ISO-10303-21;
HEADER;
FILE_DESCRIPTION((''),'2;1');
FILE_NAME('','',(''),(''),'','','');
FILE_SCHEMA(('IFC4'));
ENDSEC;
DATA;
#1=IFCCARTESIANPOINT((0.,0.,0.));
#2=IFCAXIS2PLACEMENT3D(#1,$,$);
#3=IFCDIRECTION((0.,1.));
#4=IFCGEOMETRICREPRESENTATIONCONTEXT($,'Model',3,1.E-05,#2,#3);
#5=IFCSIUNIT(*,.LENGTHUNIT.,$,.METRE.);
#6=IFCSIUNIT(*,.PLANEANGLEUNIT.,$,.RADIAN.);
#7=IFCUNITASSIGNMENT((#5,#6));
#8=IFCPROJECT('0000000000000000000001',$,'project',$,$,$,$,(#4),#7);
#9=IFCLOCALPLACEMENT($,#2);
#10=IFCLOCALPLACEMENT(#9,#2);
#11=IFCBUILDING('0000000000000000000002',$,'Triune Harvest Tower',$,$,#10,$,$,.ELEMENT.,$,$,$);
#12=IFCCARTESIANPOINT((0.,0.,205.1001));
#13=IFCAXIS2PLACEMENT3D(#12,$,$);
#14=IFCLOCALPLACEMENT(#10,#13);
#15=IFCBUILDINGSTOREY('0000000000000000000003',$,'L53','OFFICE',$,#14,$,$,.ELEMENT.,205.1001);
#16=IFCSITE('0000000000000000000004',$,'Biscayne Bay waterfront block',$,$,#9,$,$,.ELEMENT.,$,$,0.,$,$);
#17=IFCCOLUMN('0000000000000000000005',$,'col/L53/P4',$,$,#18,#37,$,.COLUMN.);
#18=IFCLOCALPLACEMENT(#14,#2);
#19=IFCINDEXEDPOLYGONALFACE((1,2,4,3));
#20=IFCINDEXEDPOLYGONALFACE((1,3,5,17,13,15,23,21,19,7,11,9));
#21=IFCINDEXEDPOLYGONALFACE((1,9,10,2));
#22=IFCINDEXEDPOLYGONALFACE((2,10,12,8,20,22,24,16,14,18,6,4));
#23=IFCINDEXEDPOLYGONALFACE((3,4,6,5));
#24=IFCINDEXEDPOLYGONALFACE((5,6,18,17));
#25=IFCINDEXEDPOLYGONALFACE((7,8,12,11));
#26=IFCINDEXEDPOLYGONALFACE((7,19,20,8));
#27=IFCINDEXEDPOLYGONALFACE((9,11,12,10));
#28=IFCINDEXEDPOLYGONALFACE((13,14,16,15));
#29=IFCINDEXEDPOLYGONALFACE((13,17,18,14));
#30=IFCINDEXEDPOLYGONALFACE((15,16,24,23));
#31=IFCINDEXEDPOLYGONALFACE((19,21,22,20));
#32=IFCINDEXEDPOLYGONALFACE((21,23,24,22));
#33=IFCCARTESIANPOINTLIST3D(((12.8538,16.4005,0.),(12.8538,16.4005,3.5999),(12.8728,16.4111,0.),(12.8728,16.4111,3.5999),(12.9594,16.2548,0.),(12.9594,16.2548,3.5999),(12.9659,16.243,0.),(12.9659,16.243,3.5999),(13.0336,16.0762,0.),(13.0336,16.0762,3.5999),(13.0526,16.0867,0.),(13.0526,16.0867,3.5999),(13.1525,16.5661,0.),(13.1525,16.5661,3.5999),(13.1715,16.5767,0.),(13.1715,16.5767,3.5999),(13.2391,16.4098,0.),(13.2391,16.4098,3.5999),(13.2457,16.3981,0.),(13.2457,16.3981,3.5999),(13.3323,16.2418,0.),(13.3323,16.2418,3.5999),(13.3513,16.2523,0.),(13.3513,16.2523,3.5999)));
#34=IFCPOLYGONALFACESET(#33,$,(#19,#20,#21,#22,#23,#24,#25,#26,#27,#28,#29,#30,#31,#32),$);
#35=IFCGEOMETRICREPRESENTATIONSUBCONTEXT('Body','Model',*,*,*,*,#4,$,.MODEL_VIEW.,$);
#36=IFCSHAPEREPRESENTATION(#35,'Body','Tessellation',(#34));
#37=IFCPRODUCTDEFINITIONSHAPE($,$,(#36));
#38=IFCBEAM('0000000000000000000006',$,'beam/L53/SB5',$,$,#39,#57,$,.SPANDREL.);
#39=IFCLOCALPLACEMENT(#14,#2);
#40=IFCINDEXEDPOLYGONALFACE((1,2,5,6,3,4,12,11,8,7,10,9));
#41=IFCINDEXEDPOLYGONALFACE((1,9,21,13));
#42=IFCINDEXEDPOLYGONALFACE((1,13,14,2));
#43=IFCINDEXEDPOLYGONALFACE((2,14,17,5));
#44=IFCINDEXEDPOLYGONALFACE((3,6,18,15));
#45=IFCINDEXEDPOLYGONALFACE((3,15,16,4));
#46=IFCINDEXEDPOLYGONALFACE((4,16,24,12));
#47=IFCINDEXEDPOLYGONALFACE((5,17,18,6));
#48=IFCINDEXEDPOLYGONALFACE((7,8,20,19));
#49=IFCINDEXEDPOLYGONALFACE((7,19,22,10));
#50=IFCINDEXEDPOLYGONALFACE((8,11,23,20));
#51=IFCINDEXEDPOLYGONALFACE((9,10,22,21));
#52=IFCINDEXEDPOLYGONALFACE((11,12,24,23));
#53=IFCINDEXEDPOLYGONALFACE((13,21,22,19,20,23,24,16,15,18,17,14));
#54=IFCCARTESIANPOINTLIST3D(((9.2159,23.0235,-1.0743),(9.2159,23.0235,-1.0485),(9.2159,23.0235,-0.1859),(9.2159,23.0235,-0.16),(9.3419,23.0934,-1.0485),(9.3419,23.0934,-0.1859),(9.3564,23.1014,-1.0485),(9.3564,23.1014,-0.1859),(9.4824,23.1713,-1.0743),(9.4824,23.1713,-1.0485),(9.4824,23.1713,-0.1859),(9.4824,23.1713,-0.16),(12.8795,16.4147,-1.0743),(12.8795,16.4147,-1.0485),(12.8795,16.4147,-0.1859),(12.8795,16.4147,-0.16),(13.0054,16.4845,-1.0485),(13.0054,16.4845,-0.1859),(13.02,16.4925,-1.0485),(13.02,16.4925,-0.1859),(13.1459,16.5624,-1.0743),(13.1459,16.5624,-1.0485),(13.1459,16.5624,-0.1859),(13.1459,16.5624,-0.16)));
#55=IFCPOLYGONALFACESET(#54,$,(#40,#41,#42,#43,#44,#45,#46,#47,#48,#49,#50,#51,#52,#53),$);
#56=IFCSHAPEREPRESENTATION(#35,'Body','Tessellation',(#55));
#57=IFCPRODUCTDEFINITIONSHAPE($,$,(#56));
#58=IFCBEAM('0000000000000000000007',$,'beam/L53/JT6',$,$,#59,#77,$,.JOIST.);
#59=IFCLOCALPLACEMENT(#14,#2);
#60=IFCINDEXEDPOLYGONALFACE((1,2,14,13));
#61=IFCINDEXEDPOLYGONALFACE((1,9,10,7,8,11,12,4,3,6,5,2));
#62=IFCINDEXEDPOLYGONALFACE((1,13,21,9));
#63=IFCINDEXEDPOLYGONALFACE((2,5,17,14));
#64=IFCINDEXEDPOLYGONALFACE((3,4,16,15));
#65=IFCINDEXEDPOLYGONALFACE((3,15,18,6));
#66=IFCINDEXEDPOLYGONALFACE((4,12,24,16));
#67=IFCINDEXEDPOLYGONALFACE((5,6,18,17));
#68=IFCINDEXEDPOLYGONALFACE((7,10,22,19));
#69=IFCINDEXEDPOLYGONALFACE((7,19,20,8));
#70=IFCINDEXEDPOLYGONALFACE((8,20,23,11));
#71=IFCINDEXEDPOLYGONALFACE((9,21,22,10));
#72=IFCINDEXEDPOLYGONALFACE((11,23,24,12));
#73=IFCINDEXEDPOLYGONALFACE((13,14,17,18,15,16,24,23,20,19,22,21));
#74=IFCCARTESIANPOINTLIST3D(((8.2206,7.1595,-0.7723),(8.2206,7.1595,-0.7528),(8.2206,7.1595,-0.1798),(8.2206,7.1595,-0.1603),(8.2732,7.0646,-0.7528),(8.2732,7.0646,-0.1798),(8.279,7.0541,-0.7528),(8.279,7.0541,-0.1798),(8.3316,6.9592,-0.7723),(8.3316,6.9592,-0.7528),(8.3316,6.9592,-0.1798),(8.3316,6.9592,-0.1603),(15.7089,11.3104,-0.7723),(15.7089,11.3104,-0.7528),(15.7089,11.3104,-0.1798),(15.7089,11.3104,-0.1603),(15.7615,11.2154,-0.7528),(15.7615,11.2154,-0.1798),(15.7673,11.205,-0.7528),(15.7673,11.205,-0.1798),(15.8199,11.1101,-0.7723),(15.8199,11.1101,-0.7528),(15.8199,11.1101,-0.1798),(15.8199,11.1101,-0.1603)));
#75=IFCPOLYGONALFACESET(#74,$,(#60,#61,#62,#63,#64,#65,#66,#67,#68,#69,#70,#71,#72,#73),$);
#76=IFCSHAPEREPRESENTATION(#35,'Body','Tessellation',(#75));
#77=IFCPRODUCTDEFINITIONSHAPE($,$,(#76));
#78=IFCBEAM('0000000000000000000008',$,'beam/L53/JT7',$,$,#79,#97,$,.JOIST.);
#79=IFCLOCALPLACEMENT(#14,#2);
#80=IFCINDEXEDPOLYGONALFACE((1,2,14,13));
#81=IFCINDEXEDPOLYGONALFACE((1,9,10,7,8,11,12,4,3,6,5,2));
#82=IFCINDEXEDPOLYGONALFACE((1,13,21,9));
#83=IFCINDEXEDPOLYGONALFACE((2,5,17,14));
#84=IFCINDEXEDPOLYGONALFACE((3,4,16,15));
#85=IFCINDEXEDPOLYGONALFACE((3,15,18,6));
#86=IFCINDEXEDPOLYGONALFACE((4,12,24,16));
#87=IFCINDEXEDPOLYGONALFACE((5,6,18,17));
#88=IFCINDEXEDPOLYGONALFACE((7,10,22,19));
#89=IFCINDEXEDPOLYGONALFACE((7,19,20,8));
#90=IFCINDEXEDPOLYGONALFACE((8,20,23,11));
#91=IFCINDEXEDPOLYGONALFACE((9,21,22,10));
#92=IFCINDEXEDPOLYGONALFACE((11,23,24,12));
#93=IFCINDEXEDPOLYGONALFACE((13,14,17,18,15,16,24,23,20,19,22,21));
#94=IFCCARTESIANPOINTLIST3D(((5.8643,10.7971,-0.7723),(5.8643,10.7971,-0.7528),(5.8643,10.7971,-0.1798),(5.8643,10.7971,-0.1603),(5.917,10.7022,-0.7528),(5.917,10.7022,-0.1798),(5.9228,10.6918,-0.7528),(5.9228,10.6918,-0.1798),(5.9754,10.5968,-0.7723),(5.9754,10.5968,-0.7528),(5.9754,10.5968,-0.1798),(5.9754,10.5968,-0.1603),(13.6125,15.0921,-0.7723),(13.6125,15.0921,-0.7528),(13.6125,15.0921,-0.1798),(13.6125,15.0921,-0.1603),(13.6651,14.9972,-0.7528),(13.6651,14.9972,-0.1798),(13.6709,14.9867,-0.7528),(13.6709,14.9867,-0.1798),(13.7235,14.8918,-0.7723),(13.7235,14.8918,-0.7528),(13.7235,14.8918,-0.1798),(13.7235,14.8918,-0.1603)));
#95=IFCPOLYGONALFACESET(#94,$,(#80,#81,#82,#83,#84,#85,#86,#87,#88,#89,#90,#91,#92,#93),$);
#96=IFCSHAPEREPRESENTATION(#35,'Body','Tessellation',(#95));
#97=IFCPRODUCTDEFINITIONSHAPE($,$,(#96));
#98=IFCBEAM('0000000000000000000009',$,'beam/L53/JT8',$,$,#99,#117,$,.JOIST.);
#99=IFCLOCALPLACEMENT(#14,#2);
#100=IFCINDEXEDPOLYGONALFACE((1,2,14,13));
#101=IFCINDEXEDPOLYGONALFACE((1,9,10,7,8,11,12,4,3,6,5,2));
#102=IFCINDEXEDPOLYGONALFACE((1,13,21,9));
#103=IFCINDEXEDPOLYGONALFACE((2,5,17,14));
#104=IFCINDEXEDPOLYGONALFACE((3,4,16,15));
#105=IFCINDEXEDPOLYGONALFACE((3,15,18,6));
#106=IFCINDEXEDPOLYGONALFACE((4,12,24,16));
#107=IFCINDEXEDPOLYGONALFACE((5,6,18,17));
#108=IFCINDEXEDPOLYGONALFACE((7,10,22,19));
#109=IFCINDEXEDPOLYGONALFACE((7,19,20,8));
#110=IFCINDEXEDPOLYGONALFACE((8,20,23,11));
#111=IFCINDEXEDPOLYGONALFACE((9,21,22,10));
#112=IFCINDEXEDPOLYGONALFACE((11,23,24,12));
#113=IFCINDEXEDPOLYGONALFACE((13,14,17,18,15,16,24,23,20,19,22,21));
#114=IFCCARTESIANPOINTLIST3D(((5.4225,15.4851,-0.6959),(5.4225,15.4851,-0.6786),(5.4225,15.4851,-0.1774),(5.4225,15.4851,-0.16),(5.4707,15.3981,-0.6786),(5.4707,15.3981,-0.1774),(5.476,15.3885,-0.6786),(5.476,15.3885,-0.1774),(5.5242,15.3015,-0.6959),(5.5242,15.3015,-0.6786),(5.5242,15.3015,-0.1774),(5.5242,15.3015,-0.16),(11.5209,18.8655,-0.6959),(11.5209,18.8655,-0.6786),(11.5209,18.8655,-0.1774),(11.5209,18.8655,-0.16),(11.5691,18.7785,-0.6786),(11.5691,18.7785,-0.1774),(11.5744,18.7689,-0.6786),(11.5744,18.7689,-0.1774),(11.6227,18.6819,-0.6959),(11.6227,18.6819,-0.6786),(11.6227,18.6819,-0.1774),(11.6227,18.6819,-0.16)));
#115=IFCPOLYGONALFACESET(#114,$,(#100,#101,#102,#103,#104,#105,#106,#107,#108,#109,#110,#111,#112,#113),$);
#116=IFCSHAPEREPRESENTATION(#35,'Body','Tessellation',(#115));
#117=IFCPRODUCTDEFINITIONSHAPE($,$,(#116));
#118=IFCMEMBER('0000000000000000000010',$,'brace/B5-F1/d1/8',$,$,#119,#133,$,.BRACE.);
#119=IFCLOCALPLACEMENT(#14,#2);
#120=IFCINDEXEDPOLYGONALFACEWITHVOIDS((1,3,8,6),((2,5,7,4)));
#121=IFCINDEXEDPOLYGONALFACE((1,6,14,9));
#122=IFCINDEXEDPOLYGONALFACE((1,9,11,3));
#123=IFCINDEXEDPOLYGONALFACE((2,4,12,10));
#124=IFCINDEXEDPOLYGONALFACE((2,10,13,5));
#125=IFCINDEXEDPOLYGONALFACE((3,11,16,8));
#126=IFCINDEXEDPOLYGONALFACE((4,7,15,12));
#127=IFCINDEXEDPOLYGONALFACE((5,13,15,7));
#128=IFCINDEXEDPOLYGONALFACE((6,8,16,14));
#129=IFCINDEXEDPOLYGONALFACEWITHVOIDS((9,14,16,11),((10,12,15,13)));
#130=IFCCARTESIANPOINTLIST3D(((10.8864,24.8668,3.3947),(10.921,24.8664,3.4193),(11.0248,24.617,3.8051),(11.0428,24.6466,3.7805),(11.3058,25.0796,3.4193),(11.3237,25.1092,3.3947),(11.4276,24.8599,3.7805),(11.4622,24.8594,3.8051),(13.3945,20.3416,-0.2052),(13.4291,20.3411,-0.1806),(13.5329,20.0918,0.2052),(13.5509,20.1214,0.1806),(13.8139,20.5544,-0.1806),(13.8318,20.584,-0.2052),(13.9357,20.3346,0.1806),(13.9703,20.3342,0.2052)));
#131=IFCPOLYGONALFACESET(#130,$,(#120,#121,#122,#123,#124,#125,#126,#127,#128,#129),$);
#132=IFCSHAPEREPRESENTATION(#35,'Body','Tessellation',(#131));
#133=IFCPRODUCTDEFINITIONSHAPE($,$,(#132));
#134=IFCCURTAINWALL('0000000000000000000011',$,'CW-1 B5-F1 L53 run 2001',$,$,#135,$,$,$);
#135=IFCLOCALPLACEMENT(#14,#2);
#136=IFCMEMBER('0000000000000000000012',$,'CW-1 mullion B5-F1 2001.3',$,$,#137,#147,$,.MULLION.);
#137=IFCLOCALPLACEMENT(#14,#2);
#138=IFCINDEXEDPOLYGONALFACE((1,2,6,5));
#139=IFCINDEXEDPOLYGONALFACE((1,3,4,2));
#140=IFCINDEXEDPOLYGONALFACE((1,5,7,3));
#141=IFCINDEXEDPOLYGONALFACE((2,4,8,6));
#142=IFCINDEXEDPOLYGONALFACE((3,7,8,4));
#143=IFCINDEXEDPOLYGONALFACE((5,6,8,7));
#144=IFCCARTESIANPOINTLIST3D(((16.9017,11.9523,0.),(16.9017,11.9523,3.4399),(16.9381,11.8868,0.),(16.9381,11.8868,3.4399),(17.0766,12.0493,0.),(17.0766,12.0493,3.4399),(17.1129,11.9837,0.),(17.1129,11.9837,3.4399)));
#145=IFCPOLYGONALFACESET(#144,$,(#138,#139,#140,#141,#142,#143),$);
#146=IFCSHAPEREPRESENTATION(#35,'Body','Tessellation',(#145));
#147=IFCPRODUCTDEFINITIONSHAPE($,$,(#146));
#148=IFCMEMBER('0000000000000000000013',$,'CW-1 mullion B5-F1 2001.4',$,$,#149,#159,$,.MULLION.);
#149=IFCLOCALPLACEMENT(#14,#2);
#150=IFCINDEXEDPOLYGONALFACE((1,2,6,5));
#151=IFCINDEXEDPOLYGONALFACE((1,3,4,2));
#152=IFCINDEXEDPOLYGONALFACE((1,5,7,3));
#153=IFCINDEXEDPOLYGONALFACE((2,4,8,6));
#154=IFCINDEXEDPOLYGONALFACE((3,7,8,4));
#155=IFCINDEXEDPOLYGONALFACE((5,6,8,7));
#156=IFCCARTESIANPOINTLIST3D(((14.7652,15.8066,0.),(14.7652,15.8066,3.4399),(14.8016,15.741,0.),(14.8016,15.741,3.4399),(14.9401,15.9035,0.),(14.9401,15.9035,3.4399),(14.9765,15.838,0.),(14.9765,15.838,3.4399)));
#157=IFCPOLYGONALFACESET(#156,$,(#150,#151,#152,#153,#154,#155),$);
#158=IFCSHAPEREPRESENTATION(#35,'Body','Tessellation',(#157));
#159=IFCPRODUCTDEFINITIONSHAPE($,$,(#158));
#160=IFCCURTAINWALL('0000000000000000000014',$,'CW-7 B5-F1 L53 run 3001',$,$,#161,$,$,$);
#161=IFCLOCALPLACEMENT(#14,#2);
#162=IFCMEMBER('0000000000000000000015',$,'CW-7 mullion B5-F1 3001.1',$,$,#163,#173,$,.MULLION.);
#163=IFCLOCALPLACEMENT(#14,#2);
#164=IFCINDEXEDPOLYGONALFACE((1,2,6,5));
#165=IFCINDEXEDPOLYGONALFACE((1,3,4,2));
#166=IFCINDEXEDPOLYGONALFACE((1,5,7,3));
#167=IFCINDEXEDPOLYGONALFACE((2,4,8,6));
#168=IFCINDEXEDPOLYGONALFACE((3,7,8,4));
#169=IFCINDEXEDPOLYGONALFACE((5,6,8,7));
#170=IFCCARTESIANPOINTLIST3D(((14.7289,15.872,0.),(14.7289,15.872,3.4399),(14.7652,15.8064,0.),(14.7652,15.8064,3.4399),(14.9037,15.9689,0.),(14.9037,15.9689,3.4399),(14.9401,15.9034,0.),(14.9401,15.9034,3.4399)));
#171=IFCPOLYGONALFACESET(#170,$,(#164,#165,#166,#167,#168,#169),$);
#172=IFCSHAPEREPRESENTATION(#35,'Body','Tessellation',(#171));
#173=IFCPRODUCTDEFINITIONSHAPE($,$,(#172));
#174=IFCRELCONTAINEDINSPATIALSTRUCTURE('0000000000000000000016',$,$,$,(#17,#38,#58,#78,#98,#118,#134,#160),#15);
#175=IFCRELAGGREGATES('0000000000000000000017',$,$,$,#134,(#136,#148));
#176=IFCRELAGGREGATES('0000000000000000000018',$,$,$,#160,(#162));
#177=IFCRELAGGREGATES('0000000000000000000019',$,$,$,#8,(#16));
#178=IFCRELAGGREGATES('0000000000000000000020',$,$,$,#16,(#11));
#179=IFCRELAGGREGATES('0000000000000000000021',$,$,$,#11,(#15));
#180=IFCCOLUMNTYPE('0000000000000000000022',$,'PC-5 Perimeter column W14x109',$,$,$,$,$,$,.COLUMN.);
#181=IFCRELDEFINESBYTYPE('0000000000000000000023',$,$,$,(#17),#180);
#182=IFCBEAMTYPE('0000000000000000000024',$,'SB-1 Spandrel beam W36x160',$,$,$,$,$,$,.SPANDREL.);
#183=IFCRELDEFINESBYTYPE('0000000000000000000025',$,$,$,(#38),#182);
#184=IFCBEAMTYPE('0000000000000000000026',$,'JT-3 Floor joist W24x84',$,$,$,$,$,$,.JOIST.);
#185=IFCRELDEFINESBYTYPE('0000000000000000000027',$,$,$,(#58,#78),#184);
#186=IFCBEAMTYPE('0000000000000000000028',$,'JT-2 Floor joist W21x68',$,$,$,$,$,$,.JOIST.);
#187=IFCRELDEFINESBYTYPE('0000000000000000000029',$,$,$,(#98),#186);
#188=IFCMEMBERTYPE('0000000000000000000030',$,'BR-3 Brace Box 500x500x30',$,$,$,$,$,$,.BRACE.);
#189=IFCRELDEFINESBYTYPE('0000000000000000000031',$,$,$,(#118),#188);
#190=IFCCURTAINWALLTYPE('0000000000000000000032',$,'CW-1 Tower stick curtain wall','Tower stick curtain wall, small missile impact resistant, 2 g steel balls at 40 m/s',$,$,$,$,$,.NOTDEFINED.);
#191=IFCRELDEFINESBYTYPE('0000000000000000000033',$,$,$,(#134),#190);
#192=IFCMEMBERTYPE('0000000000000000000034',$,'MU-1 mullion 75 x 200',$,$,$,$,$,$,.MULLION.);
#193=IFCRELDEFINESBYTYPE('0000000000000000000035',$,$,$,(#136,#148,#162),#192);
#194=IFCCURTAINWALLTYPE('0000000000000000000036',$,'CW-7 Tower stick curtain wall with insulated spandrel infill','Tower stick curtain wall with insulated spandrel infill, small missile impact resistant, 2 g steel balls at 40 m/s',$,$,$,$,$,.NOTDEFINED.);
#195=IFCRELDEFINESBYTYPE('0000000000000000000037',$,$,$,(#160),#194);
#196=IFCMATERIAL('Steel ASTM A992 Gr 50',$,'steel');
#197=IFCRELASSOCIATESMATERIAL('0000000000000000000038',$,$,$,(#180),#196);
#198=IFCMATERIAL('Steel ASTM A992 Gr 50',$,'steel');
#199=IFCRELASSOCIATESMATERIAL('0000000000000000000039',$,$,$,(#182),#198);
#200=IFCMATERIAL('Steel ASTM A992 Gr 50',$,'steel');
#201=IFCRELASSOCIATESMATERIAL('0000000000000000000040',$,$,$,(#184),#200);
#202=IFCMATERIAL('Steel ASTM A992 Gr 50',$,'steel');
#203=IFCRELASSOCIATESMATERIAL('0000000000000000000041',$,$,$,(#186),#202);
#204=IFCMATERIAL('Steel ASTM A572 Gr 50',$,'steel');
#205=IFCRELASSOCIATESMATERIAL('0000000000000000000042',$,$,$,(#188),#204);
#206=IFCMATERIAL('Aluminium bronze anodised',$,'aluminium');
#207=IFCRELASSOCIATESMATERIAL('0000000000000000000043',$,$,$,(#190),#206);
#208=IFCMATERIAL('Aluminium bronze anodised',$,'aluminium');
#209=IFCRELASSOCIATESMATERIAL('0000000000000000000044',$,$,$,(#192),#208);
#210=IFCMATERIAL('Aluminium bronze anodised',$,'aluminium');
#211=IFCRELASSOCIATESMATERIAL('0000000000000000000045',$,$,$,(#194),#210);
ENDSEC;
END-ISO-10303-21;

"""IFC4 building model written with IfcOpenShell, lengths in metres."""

from ifc_helpers import new_model, si_unit, direction, frame, origin, origin_2d, place, context, subcontext, project, spatial, rectangle, hollow_rectangle, i_section, extrude, source, transform, mapped, material, material_profile, profile_set, type_object, element, aggregate, save


model = new_model("IFC4")

# Units and contexts
model_context = context("Model", 3, precision=1e-05, world=origin(), true_north=direction((0.0, 1.0)))
body_context = subcontext(model_context, "Body", "Model", "MODEL_VIEW")
ifc_project = project(units=[si_unit("LENGTHUNIT", "METRE"), si_unit("PLANEANGLEUNIT", "RADIAN")], contexts=[model_context])

# Site, building, storey
site_placement = place(None, origin())
site = spatial("IfcSite", under=ifc_project, at=site_placement, Name="Biscayne Bay waterfront block", CompositionType="ELEMENT", RefElevation=0.0)
building_placement = place(site_placement, origin())
building = spatial("IfcBuilding", under=site, at=building_placement, Name="Triune Harvest Tower", CompositionType="ELEMENT")
storey_placement = place(building_placement, frame((0.0, 0.0, 205.1001)))
storey = spatial("IfcBuildingStorey", under=building, at=storey_placement, Name="L53", Description="OFFICE", CompositionType="ELEMENT", Elevation=205.1001)

# Column
ifc_material_1 = material(Name="Steel ASTM A992 Gr 50", Category="steel")
ifc_material_profile_1 = material_profile(ifc_material_1, i_section(OverallWidth=0.3708, OverallDepth=0.3633, WebThickness=0.0134, FlangeThickness=0.0217, at=origin_2d()), Name="W14x109")
ifc_profile_set_1 = profile_set([ifc_material_profile_1], Name="Steel ASTM A992 Gr 50")
column_type = type_object("IfcColumnType", Name="PC-5 Perimeter column W14x109", PredefinedType="COLUMN", material=ifc_profile_set_1)
shared_shape_1 = source(origin(), body_context, "Body", "SweptSolid", [
    extrude(i_section(OverallWidth=0.3708, OverallDepth=0.3633, WebThickness=0.0134, FlangeThickness=0.0217, at=origin_2d()), origin(), (0.0, 0.0, 1.0), 3.5999),
])
column_placement = place(storey_placement, frame((13.1025, 16.3264, 0.0), z_axis=(0.0, 0.0, 1.0), x_axis=(-0.48481, 0.87462, 0.0)))
element("IfcColumn", 1, at=column_placement, inside=storey, type_object=column_type, Name="col/L53/P4", PredefinedType="COLUMN", context=body_context, shape_type="MappedRepresentation", body=[
    mapped(shared_shape_1, transform((0.0, 0.0, 0.0), scale=1.0)),
])

# Beams
ifc_material_2 = material(Name="Steel ASTM A992 Gr 50", Category="steel")
ifc_material_profile_2 = material_profile(ifc_material_2, i_section(OverallWidth=0.3047, OverallDepth=0.9143, WebThickness=0.0166, FlangeThickness=0.0259, at=origin_2d()), Name="W36x160")
ifc_profile_set_2 = profile_set([ifc_material_profile_2], Name="Steel ASTM A992 Gr 50")
beam_type_1 = type_object("IfcBeamType", Name="SB-1 Spandrel beam W36x160", PredefinedType="SPANDREL", material=ifc_profile_set_2)
shared_shape_2 = source(origin(), body_context, "Body", "SweptSolid", [
    extrude(i_section(OverallWidth=0.3047, OverallDepth=0.9143, WebThickness=0.0166, FlangeThickness=0.0259, at=origin_2d()), origin(), (0.0, 0.0, 1.0), 7.5564),
])
beam_1_placement = place(storey_placement, frame((13.0127, 16.4885, -0.6172), z_axis=(-0.484831, 0.874608, 0.0), x_axis=(-0.874608, -0.484831, 0.0)))
element("IfcBeam", 2, at=beam_1_placement, inside=storey, type_object=beam_type_1, Name="beam/L53/SB5", PredefinedType="SPANDREL", context=body_context, shape_type="MappedRepresentation", body=[
    mapped(shared_shape_2, transform((0.0, 0.0, 0.0), scale=1.0)),
])
ifc_material_3 = material(Name="Steel ASTM A992 Gr 50", Category="steel")
ifc_material_profile_3 = material_profile(ifc_material_3, i_section(OverallWidth=0.229, OverallDepth=0.6121, WebThickness=0.012, FlangeThickness=0.0195, at=origin_2d()), Name="W24x84")
ifc_profile_set_3 = profile_set([ifc_material_profile_3], Name="Steel ASTM A992 Gr 50")
beam_type_2 = type_object("IfcBeamType", Name="JT-3 Floor joist W24x84", PredefinedType="JOIST", material=ifc_profile_set_3)
shared_shape_3 = source(origin(), body_context, "Body", "SweptSolid", [
    extrude(i_section(OverallWidth=0.229, OverallDepth=0.6121, WebThickness=0.012, FlangeThickness=0.0195, at=origin_2d()), origin(), (0.0, 0.0, 1.0), 8.5618),
])
beam_2_placement = place(storey_placement, frame((15.7644, 11.2102, -0.4663), z_axis=(-0.874617, -0.484815, 0.0), x_axis=(0.484815, -0.874617, 0.0)))
element("IfcBeam", 3, at=beam_2_placement, inside=storey, type_object=beam_type_2, Name="beam/L53/JT6", PredefinedType="JOIST", context=body_context, shape_type="MappedRepresentation", body=[
    mapped(shared_shape_3, transform((0.0, 0.0, 0.0), scale=1.0)),
])
shared_shape_4 = source(origin(), body_context, "Body", "SweptSolid", [
    extrude(i_section(OverallWidth=0.229, OverallDepth=0.6121, WebThickness=0.012, FlangeThickness=0.0195, at=origin_2d()), origin(), (0.0, 0.0, 1.0), 8.8589),
])
beam_3_placement = place(storey_placement, frame((13.668, 14.9919, -0.4663), z_axis=(-0.874614, -0.484819, 0.0), x_axis=(0.484819, -0.874614, 0.0)))
element("IfcBeam", 4, at=beam_3_placement, inside=storey, type_object=beam_type_2, Name="beam/L53/JT7", PredefinedType="JOIST", context=body_context, shape_type="MappedRepresentation", body=[
    mapped(shared_shape_4, transform((0.0, 0.0, 0.0), scale=1.0)),
])
ifc_material_4 = material(Name="Steel ASTM A992 Gr 50", Category="steel")
ifc_material_profile_4 = material_profile(ifc_material_4, i_section(OverallWidth=0.21, OverallDepth=0.5359, WebThickness=0.011, FlangeThickness=0.0173, at=origin_2d()), Name="W21x68")
ifc_profile_set_4 = profile_set([ifc_material_profile_4], Name="Steel ASTM A992 Gr 50")
beam_type_3 = type_object("IfcBeamType", Name="JT-2 Floor joist W21x68", PredefinedType="JOIST", material=ifc_profile_set_4)
shared_shape_5 = source(origin(), body_context, "Body", "SweptSolid", [
    extrude(i_section(OverallWidth=0.21, OverallDepth=0.5359, WebThickness=0.011, FlangeThickness=0.0173, at=origin_2d()), origin(), (0.0, 0.0, 1.0), 6.9727),
])
beam_4_placement = place(storey_placement, frame((11.5718, 18.7737, -0.428), z_axis=(-0.874621, -0.484807, 0.0), x_axis=(0.484807, -0.874621, 0.0)))
element("IfcBeam", 5, at=beam_4_placement, inside=storey, type_object=beam_type_3, Name="beam/L53/JT8", PredefinedType="JOIST", context=body_context, shape_type="MappedRepresentation", body=[
    mapped(shared_shape_5, transform((0.0, 0.0, 0.0), scale=1.0)),
])

# Member
ifc_material_5 = material(Name="Steel ASTM A572 Gr 50", Category="steel")
ifc_material_profile_5 = material_profile(ifc_material_5, hollow_rectangle(XDim=0.5, YDim=0.5, WallThickness=0.03, at=origin_2d()), Name="Box 500x500x30")
ifc_profile_set_5 = profile_set([ifc_material_profile_5], Name="Steel ASTM A572 Gr 50")
member_type_1 = type_object("IfcMemberType", Name="BR-3 Brace Box 500x500x30", PredefinedType="BRACE", material=ifc_profile_set_5)
shared_shape_6 = source(origin(), body_context, "Body", "SweptSolid", [
    extrude(hollow_rectangle(XDim=0.5, YDim=0.5, WallThickness=0.03, at=origin_2d()), origin(), (0.0, 0.0, 1.0), 6.303),
])
member_1_placement = place(storey_placement, frame((13.6824, 20.3379, 0.0), z_axis=(-0.397923, 0.717949, 0.571145), x_axis=(-0.874642, -0.484769, 0.0)))
element("IfcMember", 6, at=member_1_placement, inside=storey, type_object=member_type_1, Name="brace/B5-F1/d1/8", PredefinedType="BRACE", context=body_context, shape_type="MappedRepresentation", body=[
    mapped(shared_shape_6, transform((0.0, 0.0, 0.0), scale=1.0)),
])

# Curtain wall, members
ifc_material_6 = material(Name="Aluminium bronze anodised", Category="aluminium")
curtain_wall_type_1 = type_object("IfcCurtainWallType", Name="CW-1 Tower stick curtain wall", Description="Tower stick curtain wall, small missile impact resistant, 2 g steel balls at 40 m/s", PredefinedType="NOTDEFINED", material=ifc_material_6)
curtain_wall_1_placement = place(storey_placement, origin())
curtain_wall_1 = element("IfcCurtainWall", 7, at=curtain_wall_1_placement, inside=storey, type_object=curtain_wall_type_1, Name="CW-1 B5-F1 L53 run 2001")
ifc_material_7 = material(Name="Aluminium bronze anodised", Category="aluminium")
ifc_material_profile_6 = material_profile(ifc_material_7, rectangle(XDim=0.2, YDim=0.075, at=origin_2d()), Name="MU-1 mullion 75 x 200")
ifc_profile_set_6 = profile_set([ifc_material_profile_6], Name="Aluminium bronze anodised")
member_type_2 = type_object("IfcMemberType", Name="MU-1 mullion 75 x 200", PredefinedType="MULLION", material=ifc_profile_set_6)
shared_shape_7 = source(origin(), body_context, "Body", "SweptSolid", [
    extrude(rectangle(XDim=0.2, YDim=0.075, at=origin_2d()), origin(), (0.0, 0.0, 1.0), 3.4399),
])
member_2_placement = place(storey_placement, frame((17.0073, 11.968, 0.0), z_axis=(0.0, 0.0, 1.0), x_axis=(-0.87462, -0.484809, 0.0)))
member_2 = element("IfcMember", 8, at=member_2_placement, type_object=member_type_2, Name="CW-1 mullion B5-F1 2001.3", PredefinedType="MULLION", context=body_context, shape_type="MappedRepresentation", body=[
    mapped(shared_shape_7, transform((0.0, 0.0, 0.0), scale=1.0)),
])
member_3_placement = place(storey_placement, frame((14.8708, 15.8223, 0.0), z_axis=(0.0, 0.0, 1.0), x_axis=(-0.87462, -0.484809, 0.0)))
member_3 = element("IfcMember", 9, at=member_3_placement, type_object=member_type_2, Name="CW-1 mullion B5-F1 2001.4", PredefinedType="MULLION", context=body_context, shape_type="MappedRepresentation", body=[
    mapped(shared_shape_7, transform((0.0, 0.0, 0.0), scale=1.0)),
])

# Curtain wall, member
ifc_material_8 = material(Name="Aluminium bronze anodised", Category="aluminium")
curtain_wall_type_2 = type_object("IfcCurtainWallType", Name="CW-7 Tower stick curtain wall with insulated spandrel infill", Description="Tower stick curtain wall with insulated spandrel infill, small missile impact resistant, 2 g steel balls at 40 m/s", PredefinedType="NOTDEFINED", material=ifc_material_8)
curtain_wall_2_placement = place(storey_placement, origin())
curtain_wall_2 = element("IfcCurtainWall", 10, at=curtain_wall_2_placement, inside=storey, type_object=curtain_wall_type_2, Name="CW-7 B5-F1 L53 run 3001")
member_4_placement = place(storey_placement, frame((14.8345, 15.8877, 0.0), z_axis=(0.0, 0.0, 1.0), x_axis=(-0.874621, -0.484807, 0.0)))
member_4 = element("IfcMember", 11, at=member_4_placement, type_object=member_type_2, Name="CW-7 mullion B5-F1 3001.1", PredefinedType="MULLION", context=body_context, shape_type="MappedRepresentation", body=[
    mapped(shared_shape_7, transform((0.0, 0.0, 0.0), scale=1.0)),
])

aggregate(curtain_wall_1, [member_2, member_3])
aggregate(curtain_wall_2, [member_4])

save(model, "model.ifc")
